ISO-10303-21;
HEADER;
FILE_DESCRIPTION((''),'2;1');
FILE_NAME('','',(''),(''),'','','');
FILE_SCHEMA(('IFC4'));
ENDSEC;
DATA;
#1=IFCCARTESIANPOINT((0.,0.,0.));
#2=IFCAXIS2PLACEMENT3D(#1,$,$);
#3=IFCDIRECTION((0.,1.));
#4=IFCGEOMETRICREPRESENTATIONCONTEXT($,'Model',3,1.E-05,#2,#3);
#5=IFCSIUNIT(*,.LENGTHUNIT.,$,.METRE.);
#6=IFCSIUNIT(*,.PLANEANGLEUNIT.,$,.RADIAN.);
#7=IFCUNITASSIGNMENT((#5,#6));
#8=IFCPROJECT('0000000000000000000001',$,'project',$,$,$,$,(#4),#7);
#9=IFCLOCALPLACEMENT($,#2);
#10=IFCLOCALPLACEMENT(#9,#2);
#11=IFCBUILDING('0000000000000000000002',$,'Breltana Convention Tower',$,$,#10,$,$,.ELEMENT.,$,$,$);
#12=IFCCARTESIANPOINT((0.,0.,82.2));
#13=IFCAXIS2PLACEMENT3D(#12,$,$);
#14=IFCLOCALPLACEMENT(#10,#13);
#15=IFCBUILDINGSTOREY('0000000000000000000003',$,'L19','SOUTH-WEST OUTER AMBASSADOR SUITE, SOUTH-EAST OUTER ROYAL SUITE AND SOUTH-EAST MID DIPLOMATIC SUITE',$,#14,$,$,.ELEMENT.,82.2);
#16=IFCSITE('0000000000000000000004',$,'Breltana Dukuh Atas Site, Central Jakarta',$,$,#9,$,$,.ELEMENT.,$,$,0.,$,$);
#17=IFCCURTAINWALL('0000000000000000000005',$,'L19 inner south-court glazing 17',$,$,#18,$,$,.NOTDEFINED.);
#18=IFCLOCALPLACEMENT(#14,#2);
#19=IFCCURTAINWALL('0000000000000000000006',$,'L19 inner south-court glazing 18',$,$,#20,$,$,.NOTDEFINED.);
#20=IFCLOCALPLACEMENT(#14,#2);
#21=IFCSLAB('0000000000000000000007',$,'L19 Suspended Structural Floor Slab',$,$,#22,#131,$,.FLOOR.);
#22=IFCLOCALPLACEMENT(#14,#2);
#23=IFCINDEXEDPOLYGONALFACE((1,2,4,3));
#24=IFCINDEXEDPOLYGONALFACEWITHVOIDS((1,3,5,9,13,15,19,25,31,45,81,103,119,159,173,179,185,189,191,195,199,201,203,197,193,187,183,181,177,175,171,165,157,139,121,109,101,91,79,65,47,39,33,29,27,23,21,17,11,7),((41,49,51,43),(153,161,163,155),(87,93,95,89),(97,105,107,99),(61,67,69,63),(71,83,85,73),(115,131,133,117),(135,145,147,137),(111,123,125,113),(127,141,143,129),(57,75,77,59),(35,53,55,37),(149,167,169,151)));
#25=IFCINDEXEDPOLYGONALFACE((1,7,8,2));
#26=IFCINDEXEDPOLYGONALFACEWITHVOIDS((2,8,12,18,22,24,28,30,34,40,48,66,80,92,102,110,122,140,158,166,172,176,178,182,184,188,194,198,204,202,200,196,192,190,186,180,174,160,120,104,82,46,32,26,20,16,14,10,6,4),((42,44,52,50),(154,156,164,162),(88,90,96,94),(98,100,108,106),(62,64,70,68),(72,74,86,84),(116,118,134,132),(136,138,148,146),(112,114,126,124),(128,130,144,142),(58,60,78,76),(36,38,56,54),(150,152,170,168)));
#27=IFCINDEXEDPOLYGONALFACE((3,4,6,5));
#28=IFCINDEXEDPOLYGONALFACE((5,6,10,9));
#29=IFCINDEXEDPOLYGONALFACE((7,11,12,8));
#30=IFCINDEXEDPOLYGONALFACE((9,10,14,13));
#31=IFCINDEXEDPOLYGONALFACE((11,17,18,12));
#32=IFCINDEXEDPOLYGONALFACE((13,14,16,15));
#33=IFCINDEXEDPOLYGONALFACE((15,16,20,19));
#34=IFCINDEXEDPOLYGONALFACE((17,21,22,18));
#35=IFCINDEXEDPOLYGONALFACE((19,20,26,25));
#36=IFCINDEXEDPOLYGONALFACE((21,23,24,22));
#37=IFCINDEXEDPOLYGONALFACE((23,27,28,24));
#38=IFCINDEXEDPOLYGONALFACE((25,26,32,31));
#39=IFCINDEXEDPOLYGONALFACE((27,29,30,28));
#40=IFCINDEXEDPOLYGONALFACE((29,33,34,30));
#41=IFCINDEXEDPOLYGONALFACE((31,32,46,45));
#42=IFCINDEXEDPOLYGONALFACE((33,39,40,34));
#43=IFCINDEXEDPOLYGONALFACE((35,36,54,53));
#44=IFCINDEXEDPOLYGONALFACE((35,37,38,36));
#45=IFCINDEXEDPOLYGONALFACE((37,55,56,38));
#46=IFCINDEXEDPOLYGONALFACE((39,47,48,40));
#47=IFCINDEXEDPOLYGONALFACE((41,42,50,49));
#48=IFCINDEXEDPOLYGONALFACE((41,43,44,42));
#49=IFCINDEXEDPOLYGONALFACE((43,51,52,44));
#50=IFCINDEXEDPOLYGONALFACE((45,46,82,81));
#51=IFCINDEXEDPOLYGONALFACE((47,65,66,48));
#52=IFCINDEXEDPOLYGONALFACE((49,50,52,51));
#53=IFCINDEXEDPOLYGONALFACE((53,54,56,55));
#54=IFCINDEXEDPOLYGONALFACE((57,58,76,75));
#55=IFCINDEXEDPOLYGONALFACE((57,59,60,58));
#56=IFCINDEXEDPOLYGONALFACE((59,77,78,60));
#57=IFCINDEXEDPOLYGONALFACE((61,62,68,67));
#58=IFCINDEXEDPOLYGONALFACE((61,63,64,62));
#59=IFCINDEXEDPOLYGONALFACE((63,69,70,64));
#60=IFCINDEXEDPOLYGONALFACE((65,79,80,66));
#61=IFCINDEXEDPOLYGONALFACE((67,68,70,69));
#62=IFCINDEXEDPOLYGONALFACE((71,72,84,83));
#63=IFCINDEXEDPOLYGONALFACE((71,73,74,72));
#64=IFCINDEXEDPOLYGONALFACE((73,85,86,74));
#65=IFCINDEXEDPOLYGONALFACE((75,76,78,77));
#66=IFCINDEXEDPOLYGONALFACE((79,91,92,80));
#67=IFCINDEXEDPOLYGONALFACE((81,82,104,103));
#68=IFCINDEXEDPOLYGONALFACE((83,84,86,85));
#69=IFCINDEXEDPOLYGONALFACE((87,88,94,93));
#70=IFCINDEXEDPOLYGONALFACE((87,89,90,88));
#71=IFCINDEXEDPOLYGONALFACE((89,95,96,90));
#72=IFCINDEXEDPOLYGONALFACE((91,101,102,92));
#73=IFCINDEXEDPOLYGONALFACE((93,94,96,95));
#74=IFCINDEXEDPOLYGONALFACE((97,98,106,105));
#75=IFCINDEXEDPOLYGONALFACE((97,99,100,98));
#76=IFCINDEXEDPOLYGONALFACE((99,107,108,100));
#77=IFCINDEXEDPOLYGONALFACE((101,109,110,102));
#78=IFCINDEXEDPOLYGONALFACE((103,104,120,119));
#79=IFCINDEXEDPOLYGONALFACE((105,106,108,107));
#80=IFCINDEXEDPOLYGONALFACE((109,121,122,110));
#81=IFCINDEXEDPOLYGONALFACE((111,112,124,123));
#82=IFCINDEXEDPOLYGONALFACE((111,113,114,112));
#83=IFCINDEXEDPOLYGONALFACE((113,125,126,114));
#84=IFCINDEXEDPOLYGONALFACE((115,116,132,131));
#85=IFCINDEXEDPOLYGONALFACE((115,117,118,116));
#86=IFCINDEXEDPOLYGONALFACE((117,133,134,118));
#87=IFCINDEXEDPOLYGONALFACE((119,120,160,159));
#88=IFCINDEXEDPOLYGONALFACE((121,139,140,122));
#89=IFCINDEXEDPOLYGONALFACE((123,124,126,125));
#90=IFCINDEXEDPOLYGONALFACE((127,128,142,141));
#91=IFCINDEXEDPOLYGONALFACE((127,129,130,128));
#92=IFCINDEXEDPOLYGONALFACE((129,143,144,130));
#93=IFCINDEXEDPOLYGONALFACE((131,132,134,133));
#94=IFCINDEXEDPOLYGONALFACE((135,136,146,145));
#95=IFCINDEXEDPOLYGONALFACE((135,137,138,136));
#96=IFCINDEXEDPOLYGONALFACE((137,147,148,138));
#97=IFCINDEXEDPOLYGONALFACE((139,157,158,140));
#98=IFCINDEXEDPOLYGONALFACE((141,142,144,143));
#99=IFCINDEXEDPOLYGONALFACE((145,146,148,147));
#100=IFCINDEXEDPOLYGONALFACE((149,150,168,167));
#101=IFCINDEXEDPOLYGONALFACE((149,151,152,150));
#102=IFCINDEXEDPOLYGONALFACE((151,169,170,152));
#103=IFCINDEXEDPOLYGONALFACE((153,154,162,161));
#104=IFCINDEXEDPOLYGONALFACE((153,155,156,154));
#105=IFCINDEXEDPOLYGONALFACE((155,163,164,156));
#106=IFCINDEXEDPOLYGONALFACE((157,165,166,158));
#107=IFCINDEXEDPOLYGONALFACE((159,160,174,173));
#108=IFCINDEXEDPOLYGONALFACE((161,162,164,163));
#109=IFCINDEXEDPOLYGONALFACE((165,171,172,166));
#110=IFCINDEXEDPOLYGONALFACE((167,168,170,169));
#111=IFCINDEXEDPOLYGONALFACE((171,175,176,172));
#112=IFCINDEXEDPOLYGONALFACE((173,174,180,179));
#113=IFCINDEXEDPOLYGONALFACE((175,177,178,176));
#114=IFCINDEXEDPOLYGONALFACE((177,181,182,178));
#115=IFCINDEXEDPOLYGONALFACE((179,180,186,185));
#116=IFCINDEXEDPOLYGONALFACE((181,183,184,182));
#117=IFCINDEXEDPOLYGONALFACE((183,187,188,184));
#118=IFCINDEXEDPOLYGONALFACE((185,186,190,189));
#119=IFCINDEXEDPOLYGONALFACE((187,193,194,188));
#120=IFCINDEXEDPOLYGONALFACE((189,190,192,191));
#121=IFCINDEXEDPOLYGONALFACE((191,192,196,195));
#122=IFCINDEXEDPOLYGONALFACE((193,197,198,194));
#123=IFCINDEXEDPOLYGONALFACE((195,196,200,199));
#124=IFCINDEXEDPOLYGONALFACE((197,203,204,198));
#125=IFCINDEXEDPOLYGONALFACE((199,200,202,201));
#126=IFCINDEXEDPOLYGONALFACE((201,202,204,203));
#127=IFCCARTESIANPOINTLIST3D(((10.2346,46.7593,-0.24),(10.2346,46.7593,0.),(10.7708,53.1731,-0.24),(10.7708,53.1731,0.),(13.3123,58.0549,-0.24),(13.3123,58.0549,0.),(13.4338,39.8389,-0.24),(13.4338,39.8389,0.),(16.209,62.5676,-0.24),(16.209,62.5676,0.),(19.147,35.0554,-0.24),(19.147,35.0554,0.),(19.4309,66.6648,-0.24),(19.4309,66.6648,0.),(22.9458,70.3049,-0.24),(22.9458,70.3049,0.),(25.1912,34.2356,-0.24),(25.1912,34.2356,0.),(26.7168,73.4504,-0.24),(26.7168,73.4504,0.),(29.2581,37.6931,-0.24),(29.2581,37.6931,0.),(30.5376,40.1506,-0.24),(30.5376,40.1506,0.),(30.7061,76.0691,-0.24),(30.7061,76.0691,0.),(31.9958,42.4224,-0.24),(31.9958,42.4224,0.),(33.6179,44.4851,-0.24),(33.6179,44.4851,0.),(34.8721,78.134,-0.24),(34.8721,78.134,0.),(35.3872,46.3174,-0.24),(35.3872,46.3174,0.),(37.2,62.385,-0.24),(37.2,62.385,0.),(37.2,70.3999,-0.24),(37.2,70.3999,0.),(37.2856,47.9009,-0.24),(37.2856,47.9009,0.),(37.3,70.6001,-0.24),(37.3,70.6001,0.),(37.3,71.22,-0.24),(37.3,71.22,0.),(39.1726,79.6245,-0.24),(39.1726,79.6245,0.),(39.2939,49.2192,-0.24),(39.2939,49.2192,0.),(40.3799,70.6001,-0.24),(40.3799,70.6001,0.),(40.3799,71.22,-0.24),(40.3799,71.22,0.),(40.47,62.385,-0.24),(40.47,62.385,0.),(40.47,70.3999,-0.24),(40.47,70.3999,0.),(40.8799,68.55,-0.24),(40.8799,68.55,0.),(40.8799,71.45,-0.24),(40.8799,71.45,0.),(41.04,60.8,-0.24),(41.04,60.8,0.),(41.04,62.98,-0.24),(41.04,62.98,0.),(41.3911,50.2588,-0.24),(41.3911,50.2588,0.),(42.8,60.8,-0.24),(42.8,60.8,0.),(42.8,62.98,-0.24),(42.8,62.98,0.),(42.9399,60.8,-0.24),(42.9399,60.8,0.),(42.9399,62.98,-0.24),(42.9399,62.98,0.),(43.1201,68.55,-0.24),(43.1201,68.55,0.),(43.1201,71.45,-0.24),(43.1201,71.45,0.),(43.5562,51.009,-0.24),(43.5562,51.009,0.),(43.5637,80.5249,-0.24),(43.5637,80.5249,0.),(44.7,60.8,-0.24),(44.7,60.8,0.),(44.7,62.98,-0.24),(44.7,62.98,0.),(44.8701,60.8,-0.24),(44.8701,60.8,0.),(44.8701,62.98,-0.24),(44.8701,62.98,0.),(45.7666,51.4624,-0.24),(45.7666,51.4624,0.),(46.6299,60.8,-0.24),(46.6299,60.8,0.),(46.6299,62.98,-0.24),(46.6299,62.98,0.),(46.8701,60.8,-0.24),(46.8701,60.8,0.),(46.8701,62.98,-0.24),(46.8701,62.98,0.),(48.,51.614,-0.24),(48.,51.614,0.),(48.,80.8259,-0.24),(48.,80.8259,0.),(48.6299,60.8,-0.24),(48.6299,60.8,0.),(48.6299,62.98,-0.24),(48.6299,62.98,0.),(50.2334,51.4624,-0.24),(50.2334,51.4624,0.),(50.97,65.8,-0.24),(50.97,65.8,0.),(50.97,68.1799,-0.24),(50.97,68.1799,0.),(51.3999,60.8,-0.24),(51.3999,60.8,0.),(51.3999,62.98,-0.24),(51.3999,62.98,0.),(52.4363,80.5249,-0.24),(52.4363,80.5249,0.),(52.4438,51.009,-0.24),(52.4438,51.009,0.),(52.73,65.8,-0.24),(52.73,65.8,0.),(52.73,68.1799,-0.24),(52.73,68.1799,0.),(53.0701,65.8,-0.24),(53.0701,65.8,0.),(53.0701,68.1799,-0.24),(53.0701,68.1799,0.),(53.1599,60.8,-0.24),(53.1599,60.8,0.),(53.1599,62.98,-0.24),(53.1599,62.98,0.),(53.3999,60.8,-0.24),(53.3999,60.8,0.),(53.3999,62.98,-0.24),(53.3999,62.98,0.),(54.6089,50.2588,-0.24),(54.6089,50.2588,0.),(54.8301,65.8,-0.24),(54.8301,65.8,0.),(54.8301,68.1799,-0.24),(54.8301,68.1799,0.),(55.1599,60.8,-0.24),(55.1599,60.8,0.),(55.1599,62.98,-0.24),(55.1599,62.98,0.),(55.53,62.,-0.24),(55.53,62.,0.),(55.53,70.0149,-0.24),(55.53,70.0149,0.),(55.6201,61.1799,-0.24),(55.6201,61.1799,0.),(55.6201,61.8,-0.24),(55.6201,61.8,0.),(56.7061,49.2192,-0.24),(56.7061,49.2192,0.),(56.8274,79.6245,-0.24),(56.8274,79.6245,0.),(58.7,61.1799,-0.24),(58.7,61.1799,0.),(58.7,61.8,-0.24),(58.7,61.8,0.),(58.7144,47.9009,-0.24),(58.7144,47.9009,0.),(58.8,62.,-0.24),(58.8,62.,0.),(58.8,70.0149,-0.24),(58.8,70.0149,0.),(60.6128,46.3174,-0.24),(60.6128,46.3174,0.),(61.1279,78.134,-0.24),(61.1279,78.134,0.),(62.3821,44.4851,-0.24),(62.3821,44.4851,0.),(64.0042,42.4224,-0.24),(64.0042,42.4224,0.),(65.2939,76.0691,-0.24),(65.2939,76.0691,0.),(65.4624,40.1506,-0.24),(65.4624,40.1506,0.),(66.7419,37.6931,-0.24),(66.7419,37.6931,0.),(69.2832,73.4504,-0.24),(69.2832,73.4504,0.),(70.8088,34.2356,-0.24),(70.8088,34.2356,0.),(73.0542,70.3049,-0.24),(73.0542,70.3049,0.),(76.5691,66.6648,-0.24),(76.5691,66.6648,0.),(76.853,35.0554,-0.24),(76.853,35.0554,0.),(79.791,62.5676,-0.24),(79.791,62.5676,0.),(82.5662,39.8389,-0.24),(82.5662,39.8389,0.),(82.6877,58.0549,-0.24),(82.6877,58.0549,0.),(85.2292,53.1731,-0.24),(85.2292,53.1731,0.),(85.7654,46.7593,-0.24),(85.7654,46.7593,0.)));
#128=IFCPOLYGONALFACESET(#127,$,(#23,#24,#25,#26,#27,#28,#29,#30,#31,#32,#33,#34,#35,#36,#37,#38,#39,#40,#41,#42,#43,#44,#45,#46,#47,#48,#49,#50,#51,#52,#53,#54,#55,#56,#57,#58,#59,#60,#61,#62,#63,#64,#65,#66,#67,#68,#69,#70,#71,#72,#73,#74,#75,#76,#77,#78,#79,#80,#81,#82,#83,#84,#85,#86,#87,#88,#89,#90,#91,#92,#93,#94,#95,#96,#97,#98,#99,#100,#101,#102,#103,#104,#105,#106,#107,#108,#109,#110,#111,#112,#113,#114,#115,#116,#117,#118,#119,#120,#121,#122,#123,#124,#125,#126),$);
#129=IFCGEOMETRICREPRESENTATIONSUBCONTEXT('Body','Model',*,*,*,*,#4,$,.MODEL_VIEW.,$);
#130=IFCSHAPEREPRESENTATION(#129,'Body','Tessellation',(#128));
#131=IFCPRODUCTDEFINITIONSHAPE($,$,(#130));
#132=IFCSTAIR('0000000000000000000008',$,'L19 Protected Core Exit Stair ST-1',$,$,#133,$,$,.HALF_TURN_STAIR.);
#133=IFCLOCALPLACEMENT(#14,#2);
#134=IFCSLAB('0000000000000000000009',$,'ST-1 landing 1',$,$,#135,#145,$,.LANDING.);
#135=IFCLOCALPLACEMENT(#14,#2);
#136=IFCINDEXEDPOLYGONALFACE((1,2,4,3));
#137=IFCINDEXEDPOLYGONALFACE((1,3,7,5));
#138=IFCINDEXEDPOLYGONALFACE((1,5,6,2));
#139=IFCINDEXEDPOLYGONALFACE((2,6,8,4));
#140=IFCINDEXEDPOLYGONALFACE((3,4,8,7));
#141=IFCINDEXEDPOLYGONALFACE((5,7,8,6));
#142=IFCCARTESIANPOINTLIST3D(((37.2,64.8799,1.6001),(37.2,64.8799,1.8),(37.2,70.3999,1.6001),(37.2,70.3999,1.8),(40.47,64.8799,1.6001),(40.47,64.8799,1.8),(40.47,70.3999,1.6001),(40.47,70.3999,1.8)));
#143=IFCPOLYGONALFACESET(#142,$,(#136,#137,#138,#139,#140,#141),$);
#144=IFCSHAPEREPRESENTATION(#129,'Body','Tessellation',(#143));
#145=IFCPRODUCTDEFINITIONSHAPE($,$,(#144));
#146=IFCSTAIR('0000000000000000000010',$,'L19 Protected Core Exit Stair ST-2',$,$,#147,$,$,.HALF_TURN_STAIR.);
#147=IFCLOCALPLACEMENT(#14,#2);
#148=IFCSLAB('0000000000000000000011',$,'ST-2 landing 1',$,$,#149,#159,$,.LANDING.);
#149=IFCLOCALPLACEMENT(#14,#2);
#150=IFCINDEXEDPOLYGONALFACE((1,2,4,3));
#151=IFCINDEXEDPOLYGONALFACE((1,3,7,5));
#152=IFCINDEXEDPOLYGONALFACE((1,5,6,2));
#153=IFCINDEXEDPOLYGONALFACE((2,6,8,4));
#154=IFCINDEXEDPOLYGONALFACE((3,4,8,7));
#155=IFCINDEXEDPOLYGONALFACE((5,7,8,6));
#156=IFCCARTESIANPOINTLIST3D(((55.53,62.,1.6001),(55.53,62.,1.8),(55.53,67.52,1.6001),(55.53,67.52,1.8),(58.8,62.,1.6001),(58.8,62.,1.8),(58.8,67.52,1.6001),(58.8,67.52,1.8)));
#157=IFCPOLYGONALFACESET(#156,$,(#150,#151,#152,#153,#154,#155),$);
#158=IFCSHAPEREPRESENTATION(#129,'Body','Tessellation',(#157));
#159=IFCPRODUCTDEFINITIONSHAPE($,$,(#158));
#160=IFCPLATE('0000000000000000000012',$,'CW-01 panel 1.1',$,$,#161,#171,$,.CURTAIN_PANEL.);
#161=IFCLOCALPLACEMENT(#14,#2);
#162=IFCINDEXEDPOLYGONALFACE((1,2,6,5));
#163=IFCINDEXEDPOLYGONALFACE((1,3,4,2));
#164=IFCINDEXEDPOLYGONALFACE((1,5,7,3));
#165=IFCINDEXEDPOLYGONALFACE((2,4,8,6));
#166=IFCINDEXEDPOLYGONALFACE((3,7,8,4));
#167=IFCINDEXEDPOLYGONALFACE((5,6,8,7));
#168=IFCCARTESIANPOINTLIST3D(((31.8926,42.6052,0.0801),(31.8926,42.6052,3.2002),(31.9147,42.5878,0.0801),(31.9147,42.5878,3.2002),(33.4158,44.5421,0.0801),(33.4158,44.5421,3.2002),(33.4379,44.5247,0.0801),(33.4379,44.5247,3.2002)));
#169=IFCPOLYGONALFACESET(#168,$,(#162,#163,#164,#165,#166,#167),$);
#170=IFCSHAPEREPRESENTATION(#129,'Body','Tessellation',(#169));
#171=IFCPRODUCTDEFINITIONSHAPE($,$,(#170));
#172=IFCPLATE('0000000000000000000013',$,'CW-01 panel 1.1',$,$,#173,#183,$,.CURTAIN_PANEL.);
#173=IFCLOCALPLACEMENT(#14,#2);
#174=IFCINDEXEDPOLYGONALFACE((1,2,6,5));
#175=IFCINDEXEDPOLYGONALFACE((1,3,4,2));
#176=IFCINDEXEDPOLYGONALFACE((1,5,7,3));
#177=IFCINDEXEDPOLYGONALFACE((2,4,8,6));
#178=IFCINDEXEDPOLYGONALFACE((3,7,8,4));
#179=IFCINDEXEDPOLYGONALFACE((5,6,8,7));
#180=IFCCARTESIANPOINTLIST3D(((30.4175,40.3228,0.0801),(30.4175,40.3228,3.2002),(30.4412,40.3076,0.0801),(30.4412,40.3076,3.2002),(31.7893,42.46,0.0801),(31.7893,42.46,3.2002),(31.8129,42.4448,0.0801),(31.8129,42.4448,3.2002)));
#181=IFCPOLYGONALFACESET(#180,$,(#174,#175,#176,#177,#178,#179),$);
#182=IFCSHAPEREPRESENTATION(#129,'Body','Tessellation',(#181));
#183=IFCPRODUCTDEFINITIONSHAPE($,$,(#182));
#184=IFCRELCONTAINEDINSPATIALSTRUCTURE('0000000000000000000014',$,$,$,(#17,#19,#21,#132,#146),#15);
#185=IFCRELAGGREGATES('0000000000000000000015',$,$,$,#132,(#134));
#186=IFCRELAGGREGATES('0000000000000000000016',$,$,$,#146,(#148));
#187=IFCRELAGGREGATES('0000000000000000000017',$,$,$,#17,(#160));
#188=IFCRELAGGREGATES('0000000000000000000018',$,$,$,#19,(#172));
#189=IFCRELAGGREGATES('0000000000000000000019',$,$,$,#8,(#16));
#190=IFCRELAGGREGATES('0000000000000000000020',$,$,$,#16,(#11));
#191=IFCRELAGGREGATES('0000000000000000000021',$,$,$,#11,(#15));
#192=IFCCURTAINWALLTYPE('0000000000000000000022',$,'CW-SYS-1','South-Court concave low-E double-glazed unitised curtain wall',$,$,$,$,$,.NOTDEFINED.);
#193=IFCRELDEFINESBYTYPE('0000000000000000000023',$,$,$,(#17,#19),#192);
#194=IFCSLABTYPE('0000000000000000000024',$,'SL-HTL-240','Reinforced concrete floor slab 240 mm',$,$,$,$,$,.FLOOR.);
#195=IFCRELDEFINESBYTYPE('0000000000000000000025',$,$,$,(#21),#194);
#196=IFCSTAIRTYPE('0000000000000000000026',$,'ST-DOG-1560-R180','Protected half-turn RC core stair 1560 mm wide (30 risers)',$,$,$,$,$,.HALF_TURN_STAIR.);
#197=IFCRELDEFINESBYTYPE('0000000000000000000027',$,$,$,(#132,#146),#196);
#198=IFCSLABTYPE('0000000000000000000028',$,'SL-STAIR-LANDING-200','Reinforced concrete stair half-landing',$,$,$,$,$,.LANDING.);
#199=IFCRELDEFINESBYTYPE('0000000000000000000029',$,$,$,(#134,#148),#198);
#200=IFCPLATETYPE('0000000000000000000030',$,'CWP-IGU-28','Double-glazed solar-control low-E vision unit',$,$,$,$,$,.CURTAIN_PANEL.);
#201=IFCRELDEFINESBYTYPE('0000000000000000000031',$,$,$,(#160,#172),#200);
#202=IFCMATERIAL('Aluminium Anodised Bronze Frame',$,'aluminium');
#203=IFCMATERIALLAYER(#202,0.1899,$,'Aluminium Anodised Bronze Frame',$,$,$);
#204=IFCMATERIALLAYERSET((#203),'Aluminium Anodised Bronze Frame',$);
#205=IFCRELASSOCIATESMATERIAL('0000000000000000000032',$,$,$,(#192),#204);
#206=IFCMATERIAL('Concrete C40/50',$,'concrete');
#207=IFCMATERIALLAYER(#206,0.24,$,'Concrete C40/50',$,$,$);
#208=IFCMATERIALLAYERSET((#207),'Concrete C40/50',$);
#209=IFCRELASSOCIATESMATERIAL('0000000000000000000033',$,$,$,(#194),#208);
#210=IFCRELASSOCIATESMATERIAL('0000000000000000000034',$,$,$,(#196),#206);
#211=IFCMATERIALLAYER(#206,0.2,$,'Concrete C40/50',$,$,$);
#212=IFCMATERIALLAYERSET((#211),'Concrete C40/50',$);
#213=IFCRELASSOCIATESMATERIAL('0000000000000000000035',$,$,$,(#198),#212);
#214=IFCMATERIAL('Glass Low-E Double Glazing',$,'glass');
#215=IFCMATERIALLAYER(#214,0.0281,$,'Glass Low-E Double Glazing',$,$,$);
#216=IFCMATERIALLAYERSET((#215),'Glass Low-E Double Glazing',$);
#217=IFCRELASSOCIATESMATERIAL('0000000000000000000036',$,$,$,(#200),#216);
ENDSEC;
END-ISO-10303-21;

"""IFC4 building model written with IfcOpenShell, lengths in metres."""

from ifc_helpers import new_model, si_unit, direction, frame, origin, origin_2d, place, context, subcontext, project, spatial, polyline, rectangle, outline, extrude, source, transform, mapped, material, layer, layer_set, type_object, element, aggregate, save


model = new_model("IFC4")

# Units and contexts
model_context = context("Model", 3, precision=1e-05, world=origin(), true_north=direction((0.0, 1.0)))
body_context = subcontext(model_context, "Body", "Model", "MODEL_VIEW")
ifc_project = project(units=[si_unit("LENGTHUNIT", "METRE"), si_unit("PLANEANGLEUNIT", "RADIAN")], contexts=[model_context])

# Site, building, storey
site_placement = place(None, origin())
site = spatial("IfcSite", under=ifc_project, at=site_placement, Name="Breltana Dukuh Atas Site, Central Jakarta", CompositionType="ELEMENT", RefElevation=0.0)
building_placement = place(site_placement, origin())
building = spatial("IfcBuilding", under=site, at=building_placement, Name="Breltana Convention Tower", CompositionType="ELEMENT")
storey_placement = place(building_placement, frame((0.0, 0.0, 82.2)))
storey = spatial("IfcBuildingStorey", under=building, at=storey_placement, Name="L19", Description="SOUTH-WEST OUTER AMBASSADOR SUITE, SOUTH-EAST OUTER ROYAL SUITE AND SOUTH-EAST MID DIPLOMATIC SUITE", CompositionType="ELEMENT", Elevation=82.2)

# Curtain walls
ifc_material_1 = material(Name="Aluminium Anodised Bronze Frame", Category="aluminium")
ifc_layer_1 = layer(ifc_material_1, 0.1899, Name="Aluminium Anodised Bronze Frame")
ifc_layer_set_1 = layer_set([ifc_layer_1], Name="Aluminium Anodised Bronze Frame")
curtain_wall_type = type_object("IfcCurtainWallType", Name="CW-SYS-1", Description="South-Court concave low-E double-glazed unitised curtain wall", PredefinedType="NOTDEFINED", material=ifc_layer_set_1)
curtain_wall_1_placement = place(storey_placement, origin())
curtain_wall_1 = element("IfcCurtainWall", 1, at=curtain_wall_1_placement, inside=storey, type_object=curtain_wall_type, Name="L19 inner south-court glazing 17", PredefinedType="NOTDEFINED")
curtain_wall_2_placement = place(storey_placement, origin())
curtain_wall_2 = element("IfcCurtainWall", 2, at=curtain_wall_2_placement, inside=storey, type_object=curtain_wall_type, Name="L19 inner south-court glazing 18", PredefinedType="NOTDEFINED")

# Slab
ifc_material_2 = material(Name="Concrete C40/50", Category="concrete")
ifc_layer_2 = layer(ifc_material_2, 0.24, Name="Concrete C40/50")
ifc_layer_set_2 = layer_set([ifc_layer_2], Name="Concrete C40/50")
slab_type_1 = type_object("IfcSlabType", Name="SL-HTL-240", Description="Reinforced concrete floor slab 240 mm", PredefinedType="FLOOR", material=ifc_layer_set_2)
slab_1_placement = place(storey_placement, frame((0.0, 0.0, -0.24)))
element("IfcSlab", 3, at=slab_1_placement, inside=storey, type_object=slab_type_1, Name="L19 Suspended Structural Floor Slab", PredefinedType="FLOOR", context=body_context, shape_type="SweptSolid", body=[
    extrude(outline(polyline([(85.2292, 53.1731), (82.6877, 58.0549), (79.791, 62.5676), (76.5691, 66.6648), (73.0542, 70.3049), (69.2832, 73.4504), (65.2939, 76.0691), (61.1279, 78.134), (56.8274, 79.6245), (52.4363, 80.5249), (48.0, 80.8259), (43.5637, 80.5249), (39.1726, 79.6245), (34.8721, 78.134), (30.7061, 76.0691), (26.7168, 73.4504), (22.9458, 70.3049), (19.4309, 66.6648), (16.209, 62.5676), (13.3123, 58.0549), (10.7708, 53.1731), (10.2346, 46.7593), (13.4338, 39.8389), (19.147, 35.0554), (25.1912, 34.2356), (29.2581, 37.6931), (30.5376, 40.1506), (31.9958, 42.4224), (33.6179, 44.4851), (35.3872, 46.3174), (37.2856, 47.9009), (39.2939, 49.2192), (41.3911, 50.2588), (43.5562, 51.009), (45.7666, 51.4624), (48.0, 51.614), (50.2334, 51.4624), (52.4438, 51.009), (54.6089, 50.2588), (56.7061, 49.2192), (58.7144, 47.9009), (60.6128, 46.3174), (62.3821, 44.4851), (64.0042, 42.4224), (65.4624, 40.1506), (66.7419, 37.6931), (70.8088, 34.2356), (76.853, 35.0554), (82.5662, 39.8389), (85.7654, 46.7593), (85.2292, 53.1731)]), holes=[polyline([(37.2, 62.385), (40.47, 62.385), (40.47, 70.3999), (37.2, 70.3999), (37.2, 62.385)]), polyline([(55.53, 62.0), (58.8, 62.0), (58.8, 70.0149), (55.53, 70.0149), (55.53, 62.0)]), polyline([(41.04, 60.8), (42.8, 60.8), (42.8, 62.98), (41.04, 62.98), (41.04, 60.8)]), polyline([(42.9399, 60.8), (44.7, 60.8), (44.7, 62.98), (42.9399, 62.98), (42.9399, 60.8)]), polyline([(44.8701, 60.8), (46.6299, 60.8), (46.6299, 62.98), (44.8701, 62.98), (44.8701, 60.8)]), polyline([(46.8701, 60.8), (48.6299, 60.8), (48.6299, 62.98), (46.8701, 62.98), (46.8701, 60.8)]), polyline([(51.3999, 60.8), (53.1599, 60.8), (53.1599, 62.98), (51.3999, 62.98), (51.3999, 60.8)]), polyline([(53.3999, 60.8), (55.1599, 60.8), (55.1599, 62.98), (53.3999, 62.98), (53.3999, 60.8)]), polyline([(50.97, 65.8), (52.73, 65.8), (52.73, 68.1799), (50.97, 68.1799), (50.97, 65.8)]), polyline([(53.0701, 65.8), (54.8301, 65.8), (54.8301, 68.1799), (53.0701, 68.1799), (53.0701, 65.8)]), polyline([(40.8799, 68.55), (43.1201, 68.55), (43.1201, 71.45), (40.8799, 71.45), (40.8799, 68.55)]), polyline([(37.3, 70.6001), (40.3799, 70.6001), (40.3799, 71.22), (37.3, 71.22), (37.3, 70.6001)]), polyline([(55.6201, 61.1799), (58.7, 61.1799), (58.7, 61.8), (55.6201, 61.8), (55.6201, 61.1799)])]), origin(), (0.0, 0.0, 1.0), 0.24),
])

# Stairs, slabs
stair_type = type_object("IfcStairType", Name="ST-DOG-1560-R180", Description="Protected half-turn RC core stair 1560 mm wide (30 risers)", PredefinedType="HALF_TURN_STAIR", material=ifc_material_2)
stair_1_placement = place(storey_placement, origin())
stair_1 = element("IfcStair", 4, at=stair_1_placement, inside=storey, type_object=stair_type, Name="L19 Protected Core Exit Stair ST-1", PredefinedType="HALF_TURN_STAIR")
ifc_layer_3 = layer(ifc_material_2, 0.2, Name="Concrete C40/50")
ifc_layer_set_3 = layer_set([ifc_layer_3], Name="Concrete C40/50")
slab_type_2 = type_object("IfcSlabType", Name="SL-STAIR-LANDING-200", Description="Reinforced concrete stair half-landing", PredefinedType="LANDING", material=ifc_layer_set_3)
slab_2_placement = place(storey_placement, frame((0.0, 0.0, 1.6001)))
slab_2 = element("IfcSlab", 5, at=slab_2_placement, type_object=slab_type_2, Name="ST-1 landing 1", PredefinedType="LANDING", context=body_context, shape_type="SweptSolid", body=[
    extrude(outline(polyline([(40.47, 64.8799), (40.47, 70.3999), (37.2, 70.3999), (37.2, 64.8799), (40.47, 64.8799)])), origin(), (0.0, 0.0, 1.0), 0.2),
])
aggregate(stair_1, [slab_2])
stair_2_placement = place(storey_placement, origin())
stair_2 = element("IfcStair", 6, at=stair_2_placement, inside=storey, type_object=stair_type, Name="L19 Protected Core Exit Stair ST-2", PredefinedType="HALF_TURN_STAIR")
slab_3_placement = place(storey_placement, frame((0.0, 0.0, 1.6001)))
slab_3 = element("IfcSlab", 7, at=slab_3_placement, type_object=slab_type_2, Name="ST-2 landing 1", PredefinedType="LANDING", context=body_context, shape_type="SweptSolid", body=[
    extrude(outline(polyline([(55.53, 67.52), (55.53, 62.0), (58.8, 62.0), (58.8, 67.52), (55.53, 67.52)])), origin(), (0.0, 0.0, 1.0), 0.2),
])
aggregate(stair_2, [slab_3])

# Plates
ifc_material_3 = material(Name="Glass Low-E Double Glazing", Category="glass")
ifc_layer_4 = layer(ifc_material_3, 0.0281, Name="Glass Low-E Double Glazing")
ifc_layer_set_4 = layer_set([ifc_layer_4], Name="Glass Low-E Double Glazing")
plate_type = type_object("IfcPlateType", Name="CWP-IGU-28", Description="Double-glazed solar-control low-E vision unit", PredefinedType="CURTAIN_PANEL", material=ifc_layer_set_4)
shared_shape_1 = source(origin(), body_context, "Body", "SweptSolid", [
    extrude(rectangle(XDim=2.4641, YDim=0.0281, at=origin_2d()), origin(), (0.0, 0.0, 1.0), 3.1201),
])
plate_1_placement = place(storey_placement, frame((32.6653, 43.5649, 0.0801), z_axis=(0.0, 0.0, 1.0), x_axis=(-0.618153, -0.786058, 0.0)))
plate_1 = element("IfcPlate", 8, at=plate_1_placement, type_object=plate_type, Name="CW-01 panel 1.1", PredefinedType="CURTAIN_PANEL", context=body_context, shape_type="MappedRepresentation", body=[
    mapped(shared_shape_1, transform((0.0, 0.0, 0.0), scale=1.0)),
])
aggregate(curtain_wall_1, [plate_1])
shared_shape_2 = source(origin(), body_context, "Body", "SweptSolid", [
    extrude(rectangle(XDim=2.5396, YDim=0.0281, at=origin_2d()), origin(), (0.0, 0.0, 1.0), 3.1201),
])
plate_2_placement = place(storey_placement, frame((31.1152, 41.3838, 0.0801), z_axis=(0.0, 0.0, 1.0), x_axis=(-0.54017, -0.841556, 0.0)))
plate_2 = element("IfcPlate", 9, at=plate_2_placement, type_object=plate_type, Name="CW-01 panel 1.1", PredefinedType="CURTAIN_PANEL", context=body_context, shape_type="MappedRepresentation", body=[
    mapped(shared_shape_2, transform((0.0, 0.0, 0.0), scale=1.0)),
])
aggregate(curtain_wall_2, [plate_2])

save(model, "model.ifc")
